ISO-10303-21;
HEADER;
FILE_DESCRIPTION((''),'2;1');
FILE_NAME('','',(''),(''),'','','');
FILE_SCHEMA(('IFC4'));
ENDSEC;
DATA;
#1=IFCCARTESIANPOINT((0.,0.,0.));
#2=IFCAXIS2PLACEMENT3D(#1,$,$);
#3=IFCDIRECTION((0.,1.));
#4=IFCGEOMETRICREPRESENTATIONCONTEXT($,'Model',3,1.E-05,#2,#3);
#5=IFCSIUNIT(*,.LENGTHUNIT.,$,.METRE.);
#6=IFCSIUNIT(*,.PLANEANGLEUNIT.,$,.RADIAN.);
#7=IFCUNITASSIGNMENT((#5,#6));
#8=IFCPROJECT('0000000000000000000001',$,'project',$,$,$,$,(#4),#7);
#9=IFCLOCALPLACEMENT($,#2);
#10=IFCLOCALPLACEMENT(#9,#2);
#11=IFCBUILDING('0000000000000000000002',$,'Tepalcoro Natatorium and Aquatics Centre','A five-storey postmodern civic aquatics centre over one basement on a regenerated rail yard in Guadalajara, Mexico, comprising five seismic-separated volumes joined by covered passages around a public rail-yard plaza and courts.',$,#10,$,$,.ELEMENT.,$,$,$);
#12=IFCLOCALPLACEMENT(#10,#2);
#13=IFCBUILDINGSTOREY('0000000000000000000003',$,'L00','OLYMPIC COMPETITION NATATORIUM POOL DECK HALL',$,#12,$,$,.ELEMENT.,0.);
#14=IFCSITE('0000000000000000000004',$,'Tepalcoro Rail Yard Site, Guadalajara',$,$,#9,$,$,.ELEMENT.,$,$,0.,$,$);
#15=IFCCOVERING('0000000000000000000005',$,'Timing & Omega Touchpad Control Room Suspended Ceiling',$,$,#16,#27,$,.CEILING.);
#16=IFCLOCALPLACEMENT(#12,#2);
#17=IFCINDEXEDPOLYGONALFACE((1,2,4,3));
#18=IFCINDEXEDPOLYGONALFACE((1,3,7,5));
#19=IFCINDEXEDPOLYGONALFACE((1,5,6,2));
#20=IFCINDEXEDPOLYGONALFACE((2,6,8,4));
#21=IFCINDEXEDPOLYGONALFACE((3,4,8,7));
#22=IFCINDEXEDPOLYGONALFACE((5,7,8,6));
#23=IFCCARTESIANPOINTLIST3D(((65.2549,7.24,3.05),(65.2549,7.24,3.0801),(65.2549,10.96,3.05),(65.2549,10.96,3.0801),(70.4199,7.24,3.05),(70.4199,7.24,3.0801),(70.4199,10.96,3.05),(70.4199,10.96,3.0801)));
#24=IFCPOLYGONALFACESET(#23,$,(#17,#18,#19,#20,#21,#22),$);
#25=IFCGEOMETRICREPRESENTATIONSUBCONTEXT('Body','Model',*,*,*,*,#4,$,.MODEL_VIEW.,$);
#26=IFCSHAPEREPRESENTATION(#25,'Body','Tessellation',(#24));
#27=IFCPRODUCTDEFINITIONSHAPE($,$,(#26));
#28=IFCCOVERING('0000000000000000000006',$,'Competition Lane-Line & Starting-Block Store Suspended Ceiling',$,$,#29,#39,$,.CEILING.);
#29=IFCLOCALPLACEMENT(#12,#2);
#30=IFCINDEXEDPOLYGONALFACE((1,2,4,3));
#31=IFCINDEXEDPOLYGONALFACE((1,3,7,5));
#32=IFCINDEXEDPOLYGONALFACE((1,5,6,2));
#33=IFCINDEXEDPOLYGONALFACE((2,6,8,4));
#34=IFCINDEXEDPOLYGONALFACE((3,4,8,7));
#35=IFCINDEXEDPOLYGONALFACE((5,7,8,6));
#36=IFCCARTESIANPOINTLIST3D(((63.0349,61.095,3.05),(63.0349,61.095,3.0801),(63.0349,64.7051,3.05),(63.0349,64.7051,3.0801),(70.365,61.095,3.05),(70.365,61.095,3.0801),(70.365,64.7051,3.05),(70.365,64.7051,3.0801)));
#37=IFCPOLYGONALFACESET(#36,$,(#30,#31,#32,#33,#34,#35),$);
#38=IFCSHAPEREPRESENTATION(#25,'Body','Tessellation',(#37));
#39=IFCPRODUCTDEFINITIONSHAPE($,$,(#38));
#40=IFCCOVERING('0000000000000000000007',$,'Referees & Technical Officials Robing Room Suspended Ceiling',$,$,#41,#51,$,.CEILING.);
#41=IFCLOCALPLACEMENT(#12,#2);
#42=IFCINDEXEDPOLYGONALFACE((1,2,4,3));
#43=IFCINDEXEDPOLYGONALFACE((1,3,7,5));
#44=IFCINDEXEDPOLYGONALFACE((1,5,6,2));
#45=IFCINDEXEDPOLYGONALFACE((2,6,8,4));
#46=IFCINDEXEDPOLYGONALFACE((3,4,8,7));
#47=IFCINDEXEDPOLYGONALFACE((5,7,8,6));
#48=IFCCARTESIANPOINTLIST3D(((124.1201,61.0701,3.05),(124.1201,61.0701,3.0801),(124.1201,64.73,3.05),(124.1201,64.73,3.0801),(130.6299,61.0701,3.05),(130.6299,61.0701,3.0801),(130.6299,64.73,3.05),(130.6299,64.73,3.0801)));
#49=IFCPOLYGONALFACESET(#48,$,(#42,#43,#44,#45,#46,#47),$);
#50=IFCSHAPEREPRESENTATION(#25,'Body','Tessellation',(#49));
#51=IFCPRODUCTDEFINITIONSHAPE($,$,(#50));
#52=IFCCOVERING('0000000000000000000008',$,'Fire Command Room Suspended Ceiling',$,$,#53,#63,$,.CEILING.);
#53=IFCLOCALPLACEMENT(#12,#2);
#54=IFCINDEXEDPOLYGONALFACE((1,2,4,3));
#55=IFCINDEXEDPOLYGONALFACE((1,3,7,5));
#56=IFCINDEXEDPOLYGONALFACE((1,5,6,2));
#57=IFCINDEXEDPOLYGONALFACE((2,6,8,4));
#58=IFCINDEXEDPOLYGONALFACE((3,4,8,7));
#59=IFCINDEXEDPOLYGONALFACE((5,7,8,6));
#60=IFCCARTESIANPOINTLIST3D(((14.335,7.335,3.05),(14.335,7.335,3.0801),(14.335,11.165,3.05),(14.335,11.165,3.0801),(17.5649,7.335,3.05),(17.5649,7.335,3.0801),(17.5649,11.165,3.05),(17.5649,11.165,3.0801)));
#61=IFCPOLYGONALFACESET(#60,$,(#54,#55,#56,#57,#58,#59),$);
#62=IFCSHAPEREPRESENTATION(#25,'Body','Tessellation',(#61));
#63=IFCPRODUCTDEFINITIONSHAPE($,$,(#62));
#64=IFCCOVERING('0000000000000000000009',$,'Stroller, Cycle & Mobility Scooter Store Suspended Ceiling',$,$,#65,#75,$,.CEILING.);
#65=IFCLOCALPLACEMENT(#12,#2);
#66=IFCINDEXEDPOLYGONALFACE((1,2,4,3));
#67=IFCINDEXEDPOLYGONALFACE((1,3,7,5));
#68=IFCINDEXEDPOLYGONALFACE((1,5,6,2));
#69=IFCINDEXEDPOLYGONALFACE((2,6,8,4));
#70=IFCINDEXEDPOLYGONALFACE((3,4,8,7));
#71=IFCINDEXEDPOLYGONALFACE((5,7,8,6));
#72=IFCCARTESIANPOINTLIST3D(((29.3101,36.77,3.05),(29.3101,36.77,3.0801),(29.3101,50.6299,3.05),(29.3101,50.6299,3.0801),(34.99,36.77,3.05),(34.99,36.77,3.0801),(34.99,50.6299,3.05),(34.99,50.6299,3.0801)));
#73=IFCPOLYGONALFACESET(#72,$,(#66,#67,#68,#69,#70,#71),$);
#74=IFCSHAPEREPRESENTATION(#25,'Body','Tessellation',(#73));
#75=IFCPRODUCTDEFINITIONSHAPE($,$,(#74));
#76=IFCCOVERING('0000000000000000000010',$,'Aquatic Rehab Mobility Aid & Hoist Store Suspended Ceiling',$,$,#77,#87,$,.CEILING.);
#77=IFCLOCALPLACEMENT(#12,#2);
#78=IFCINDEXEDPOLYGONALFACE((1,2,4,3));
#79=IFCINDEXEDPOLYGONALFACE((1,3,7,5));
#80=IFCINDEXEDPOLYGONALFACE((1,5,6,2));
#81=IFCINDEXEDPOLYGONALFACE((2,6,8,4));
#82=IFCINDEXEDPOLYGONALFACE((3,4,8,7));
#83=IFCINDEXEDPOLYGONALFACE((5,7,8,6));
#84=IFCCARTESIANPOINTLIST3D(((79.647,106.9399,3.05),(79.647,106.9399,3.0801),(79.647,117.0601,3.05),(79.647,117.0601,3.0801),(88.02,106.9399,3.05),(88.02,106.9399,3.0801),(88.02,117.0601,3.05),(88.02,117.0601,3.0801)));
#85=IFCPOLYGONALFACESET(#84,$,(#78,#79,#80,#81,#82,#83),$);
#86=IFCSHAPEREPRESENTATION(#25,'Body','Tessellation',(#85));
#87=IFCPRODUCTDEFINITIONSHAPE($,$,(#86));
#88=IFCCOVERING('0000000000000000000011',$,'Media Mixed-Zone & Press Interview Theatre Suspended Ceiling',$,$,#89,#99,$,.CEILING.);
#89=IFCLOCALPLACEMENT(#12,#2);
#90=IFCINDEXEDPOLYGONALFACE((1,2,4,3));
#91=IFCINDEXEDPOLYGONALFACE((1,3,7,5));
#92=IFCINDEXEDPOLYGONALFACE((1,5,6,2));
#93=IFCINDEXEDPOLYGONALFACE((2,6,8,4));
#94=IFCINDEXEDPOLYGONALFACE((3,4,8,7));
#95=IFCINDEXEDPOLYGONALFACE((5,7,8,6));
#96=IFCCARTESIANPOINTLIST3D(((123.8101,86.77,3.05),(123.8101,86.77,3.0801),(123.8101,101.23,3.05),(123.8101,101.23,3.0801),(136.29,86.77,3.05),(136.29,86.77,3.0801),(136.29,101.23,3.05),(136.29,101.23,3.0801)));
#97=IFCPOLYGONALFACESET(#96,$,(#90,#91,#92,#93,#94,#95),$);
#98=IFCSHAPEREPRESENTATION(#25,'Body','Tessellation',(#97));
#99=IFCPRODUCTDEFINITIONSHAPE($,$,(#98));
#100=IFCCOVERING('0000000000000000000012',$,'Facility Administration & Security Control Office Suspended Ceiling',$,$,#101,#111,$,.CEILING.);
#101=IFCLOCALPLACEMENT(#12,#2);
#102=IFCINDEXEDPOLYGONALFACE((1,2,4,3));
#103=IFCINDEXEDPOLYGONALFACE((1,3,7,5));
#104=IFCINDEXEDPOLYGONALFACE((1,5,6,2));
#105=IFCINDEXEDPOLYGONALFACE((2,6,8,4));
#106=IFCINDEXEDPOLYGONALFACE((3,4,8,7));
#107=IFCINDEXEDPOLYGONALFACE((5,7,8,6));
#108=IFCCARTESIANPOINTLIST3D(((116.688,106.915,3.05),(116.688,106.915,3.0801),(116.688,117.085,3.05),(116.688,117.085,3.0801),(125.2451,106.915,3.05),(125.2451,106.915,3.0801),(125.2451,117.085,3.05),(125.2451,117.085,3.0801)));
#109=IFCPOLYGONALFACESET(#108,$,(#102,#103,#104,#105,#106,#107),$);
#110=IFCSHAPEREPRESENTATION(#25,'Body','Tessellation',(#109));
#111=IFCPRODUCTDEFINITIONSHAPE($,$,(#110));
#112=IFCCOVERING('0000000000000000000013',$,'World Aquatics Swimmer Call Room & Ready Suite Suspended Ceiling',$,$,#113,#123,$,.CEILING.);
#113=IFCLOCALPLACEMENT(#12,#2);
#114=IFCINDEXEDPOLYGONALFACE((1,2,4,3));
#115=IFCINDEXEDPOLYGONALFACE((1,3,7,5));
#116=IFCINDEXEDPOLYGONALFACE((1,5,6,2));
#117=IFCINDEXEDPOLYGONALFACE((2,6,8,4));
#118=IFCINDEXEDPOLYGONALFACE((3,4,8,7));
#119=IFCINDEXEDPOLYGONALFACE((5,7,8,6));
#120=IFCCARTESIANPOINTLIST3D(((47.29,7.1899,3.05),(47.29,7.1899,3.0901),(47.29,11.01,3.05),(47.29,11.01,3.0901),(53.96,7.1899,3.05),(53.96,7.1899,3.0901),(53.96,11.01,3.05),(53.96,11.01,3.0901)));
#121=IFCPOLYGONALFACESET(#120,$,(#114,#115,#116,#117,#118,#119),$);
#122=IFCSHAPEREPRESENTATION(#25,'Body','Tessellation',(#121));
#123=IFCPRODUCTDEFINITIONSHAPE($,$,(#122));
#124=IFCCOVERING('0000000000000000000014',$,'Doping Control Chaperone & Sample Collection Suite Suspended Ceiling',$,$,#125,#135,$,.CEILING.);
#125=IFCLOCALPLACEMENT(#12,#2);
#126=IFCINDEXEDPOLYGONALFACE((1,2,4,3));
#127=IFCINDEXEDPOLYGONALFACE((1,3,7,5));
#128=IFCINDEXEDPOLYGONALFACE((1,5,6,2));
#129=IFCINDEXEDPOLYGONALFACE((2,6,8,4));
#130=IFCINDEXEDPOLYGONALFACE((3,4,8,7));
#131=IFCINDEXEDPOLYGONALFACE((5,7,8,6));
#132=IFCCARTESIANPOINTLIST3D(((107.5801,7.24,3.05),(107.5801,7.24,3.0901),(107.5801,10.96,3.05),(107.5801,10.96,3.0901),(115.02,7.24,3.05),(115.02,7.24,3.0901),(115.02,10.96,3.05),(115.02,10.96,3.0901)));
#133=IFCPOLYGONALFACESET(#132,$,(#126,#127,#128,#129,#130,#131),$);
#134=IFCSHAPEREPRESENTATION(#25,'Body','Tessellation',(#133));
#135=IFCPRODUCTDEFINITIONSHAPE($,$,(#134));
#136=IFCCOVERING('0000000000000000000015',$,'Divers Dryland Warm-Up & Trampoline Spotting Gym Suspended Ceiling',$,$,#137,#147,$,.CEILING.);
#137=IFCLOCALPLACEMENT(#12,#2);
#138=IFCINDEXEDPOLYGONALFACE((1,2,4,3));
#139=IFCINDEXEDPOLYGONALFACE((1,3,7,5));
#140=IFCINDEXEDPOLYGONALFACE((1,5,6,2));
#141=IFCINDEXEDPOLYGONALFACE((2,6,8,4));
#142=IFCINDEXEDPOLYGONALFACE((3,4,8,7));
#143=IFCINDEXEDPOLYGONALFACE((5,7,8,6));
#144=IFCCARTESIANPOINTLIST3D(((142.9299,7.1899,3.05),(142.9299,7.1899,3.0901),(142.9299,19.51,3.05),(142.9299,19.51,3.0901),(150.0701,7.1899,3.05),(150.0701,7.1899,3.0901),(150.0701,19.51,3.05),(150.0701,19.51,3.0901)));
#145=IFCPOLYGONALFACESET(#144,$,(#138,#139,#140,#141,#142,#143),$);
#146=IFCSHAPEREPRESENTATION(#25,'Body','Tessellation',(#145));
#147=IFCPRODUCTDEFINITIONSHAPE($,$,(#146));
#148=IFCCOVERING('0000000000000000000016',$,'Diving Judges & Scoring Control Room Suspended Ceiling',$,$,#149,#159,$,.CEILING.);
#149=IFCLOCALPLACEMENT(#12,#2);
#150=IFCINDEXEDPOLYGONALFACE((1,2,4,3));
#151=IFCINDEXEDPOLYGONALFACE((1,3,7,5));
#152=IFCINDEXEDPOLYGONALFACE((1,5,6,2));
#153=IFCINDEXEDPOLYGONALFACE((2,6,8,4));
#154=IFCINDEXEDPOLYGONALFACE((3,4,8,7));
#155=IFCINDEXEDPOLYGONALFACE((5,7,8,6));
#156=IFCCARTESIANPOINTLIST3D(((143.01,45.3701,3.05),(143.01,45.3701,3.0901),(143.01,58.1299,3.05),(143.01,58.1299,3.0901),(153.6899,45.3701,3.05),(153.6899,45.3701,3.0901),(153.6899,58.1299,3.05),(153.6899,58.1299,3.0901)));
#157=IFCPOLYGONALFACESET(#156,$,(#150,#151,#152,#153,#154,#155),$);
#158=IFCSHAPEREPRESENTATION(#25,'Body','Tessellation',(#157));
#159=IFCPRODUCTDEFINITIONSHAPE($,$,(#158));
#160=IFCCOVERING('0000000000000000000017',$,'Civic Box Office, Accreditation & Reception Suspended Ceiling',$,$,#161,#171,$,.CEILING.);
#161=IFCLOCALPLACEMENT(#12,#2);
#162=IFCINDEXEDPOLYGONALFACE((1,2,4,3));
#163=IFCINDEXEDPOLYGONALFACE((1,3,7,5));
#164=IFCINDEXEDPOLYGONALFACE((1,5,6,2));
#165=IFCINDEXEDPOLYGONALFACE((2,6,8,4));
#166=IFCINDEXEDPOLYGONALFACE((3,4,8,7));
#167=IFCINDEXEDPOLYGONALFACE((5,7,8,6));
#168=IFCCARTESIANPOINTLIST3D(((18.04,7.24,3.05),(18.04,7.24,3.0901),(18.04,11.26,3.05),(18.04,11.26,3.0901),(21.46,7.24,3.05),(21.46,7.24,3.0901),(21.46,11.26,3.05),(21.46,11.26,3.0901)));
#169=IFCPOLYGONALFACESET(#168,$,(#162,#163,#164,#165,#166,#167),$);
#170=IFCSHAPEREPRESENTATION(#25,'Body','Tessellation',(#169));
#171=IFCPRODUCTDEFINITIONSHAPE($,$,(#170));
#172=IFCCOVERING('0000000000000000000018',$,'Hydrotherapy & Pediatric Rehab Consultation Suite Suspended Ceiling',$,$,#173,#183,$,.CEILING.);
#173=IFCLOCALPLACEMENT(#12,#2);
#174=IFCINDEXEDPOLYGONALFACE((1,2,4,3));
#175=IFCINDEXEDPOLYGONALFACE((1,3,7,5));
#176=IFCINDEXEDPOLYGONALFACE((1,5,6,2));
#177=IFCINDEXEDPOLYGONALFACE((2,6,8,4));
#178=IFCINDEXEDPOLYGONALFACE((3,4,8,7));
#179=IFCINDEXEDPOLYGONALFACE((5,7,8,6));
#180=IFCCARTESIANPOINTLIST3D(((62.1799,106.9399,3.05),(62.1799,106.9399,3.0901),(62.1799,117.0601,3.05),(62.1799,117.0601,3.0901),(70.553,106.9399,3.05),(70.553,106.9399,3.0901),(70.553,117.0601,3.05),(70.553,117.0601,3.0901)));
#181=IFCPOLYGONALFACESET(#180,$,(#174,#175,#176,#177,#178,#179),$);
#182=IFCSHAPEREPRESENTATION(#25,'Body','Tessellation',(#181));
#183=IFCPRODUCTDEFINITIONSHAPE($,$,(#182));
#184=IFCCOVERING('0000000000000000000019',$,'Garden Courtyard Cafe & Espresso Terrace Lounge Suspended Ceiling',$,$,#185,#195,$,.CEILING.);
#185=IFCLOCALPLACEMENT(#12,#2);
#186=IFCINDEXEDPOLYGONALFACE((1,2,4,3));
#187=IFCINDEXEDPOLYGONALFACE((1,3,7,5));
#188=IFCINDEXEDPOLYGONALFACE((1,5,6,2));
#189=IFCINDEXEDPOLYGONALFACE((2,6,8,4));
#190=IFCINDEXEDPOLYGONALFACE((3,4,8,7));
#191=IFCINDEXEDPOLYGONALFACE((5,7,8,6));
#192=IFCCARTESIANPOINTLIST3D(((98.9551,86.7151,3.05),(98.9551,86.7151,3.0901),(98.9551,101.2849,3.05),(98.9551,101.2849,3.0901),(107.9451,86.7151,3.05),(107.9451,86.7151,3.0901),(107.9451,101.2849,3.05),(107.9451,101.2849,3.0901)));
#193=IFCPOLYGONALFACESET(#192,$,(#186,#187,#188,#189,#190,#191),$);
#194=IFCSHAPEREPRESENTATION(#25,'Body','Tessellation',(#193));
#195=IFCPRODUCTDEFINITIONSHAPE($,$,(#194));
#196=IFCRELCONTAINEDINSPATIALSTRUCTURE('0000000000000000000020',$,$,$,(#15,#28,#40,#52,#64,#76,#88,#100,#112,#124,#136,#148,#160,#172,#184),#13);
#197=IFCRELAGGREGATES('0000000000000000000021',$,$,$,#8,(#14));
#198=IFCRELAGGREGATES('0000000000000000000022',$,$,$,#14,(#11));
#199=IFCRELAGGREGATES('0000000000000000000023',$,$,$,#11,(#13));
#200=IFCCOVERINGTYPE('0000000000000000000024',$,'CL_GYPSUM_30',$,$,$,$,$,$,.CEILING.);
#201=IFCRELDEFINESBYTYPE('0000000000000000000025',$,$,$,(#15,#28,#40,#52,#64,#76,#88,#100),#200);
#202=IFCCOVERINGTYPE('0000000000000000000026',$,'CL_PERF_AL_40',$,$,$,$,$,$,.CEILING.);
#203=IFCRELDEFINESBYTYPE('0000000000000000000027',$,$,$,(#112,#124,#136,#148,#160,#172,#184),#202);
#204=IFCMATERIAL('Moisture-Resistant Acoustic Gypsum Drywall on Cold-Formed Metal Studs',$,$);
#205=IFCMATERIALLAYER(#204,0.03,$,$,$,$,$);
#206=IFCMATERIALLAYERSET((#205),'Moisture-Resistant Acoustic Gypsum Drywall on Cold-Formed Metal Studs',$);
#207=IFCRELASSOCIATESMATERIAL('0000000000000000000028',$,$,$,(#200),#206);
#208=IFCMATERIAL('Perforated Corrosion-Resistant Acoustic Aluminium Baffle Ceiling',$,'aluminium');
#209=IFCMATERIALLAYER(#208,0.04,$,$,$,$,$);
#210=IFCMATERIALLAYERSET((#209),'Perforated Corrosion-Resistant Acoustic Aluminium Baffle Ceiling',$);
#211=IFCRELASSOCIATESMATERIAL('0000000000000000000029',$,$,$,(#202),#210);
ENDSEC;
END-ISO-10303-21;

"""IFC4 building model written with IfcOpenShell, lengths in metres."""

from ifc_helpers import new_model, si_unit, direction, frame, origin, place, context, subcontext, project, spatial, polyline, outline, extrude, material, layer, layer_set, type_object, element, save


model = new_model("IFC4")

# Units and contexts
model_context = context("Model", 3, precision=1e-05, world=origin(), true_north=direction((0.0, 1.0)))
body_context = subcontext(model_context, "Body", "Model", "MODEL_VIEW")
ifc_project = project(units=[si_unit("LENGTHUNIT", "METRE"), si_unit("PLANEANGLEUNIT", "RADIAN")], contexts=[model_context])

# Site, building, storey
site_placement = place(None, origin())
site = spatial("IfcSite", under=ifc_project, at=site_placement, Name="Tepalcoro Rail Yard Site, Guadalajara", CompositionType="ELEMENT", RefElevation=0.0)
building_placement = place(site_placement, origin())
building = spatial("IfcBuilding", under=site, at=building_placement, Name="Tepalcoro Natatorium and Aquatics Centre", Description="A five-storey postmodern civic aquatics centre over one basement on a regenerated rail yard in Guadalajara, Mexico, comprising five seismic-separated volumes joined by covered passages around a public rail-yard plaza and courts.", CompositionType="ELEMENT")
storey_placement = place(building_placement, origin())
storey = spatial("IfcBuildingStorey", under=building, at=storey_placement, Name="L00", Description="OLYMPIC COMPETITION NATATORIUM POOL DECK HALL", CompositionType="ELEMENT", Elevation=0.0)

# Coverings
ifc_material_1 = material(Name="Perforated Corrosion-Resistant Acoustic Aluminium Baffle Ceiling", Category="aluminium")
ifc_material_2 = material(Name="Moisture-Resistant Acoustic Gypsum Drywall on Cold-Formed Metal Studs")
ifc_layer_1 = layer(ifc_material_2, 0.03)
ifc_layer_set_1 = layer_set([ifc_layer_1], Name="Moisture-Resistant Acoustic Gypsum Drywall on Cold-Formed Metal Studs")
covering_type_1 = type_object("IfcCoveringType", Name="CL_GYPSUM_30", PredefinedType="CEILING", material=ifc_layer_set_1)
covering_1_placement = place(storey_placement, frame((0.0, 0.0, 3.05)))
element("IfcCovering", 1, at=covering_1_placement, inside=storey, type_object=covering_type_1, Name="Timing & Omega Touchpad Control Room Suspended Ceiling", PredefinedType="CEILING", context=body_context, shape_type="SweptSolid", body=[
    extrude(outline(polyline([(65.2549, 7.24), (65.2549, 10.96), (70.4199, 10.96), (70.4199, 7.24), (65.2549, 7.24)])), origin(), (0.0, 0.0, 1.0), 0.03),
])
covering_2_placement = place(storey_placement, frame((0.0, 0.0, 3.05)))
element("IfcCovering", 2, at=covering_2_placement, inside=storey, type_object=covering_type_1, Name="Competition Lane-Line & Starting-Block Store Suspended Ceiling", PredefinedType="CEILING", context=body_context, shape_type="SweptSolid", body=[
    extrude(outline(polyline([(63.0349, 61.095), (63.0349, 64.7051), (70.365, 64.7051), (70.365, 61.095), (63.0349, 61.095)])), origin(), (0.0, 0.0, 1.0), 0.03),
])
covering_3_placement = place(storey_placement, frame((0.0, 0.0, 3.05)))
element("IfcCovering", 3, at=covering_3_placement, inside=storey, type_object=covering_type_1, Name="Referees & Technical Officials Robing Room Suspended Ceiling", PredefinedType="CEILING", context=body_context, shape_type="SweptSolid", body=[
    extrude(outline(polyline([(124.1201, 61.0701), (124.1201, 64.73), (130.6299, 64.73), (130.6299, 61.0701), (124.1201, 61.0701)])), origin(), (0.0, 0.0, 1.0), 0.03),
])
covering_4_placement = place(storey_placement, frame((0.0, 0.0, 3.05)))
element("IfcCovering", 4, at=covering_4_placement, inside=storey, type_object=covering_type_1, Name="Fire Command Room Suspended Ceiling", PredefinedType="CEILING", context=body_context, shape_type="SweptSolid", body=[
    extrude(outline(polyline([(14.335, 7.335), (14.335, 11.165), (17.5649, 11.165), (17.5649, 7.335), (14.335, 7.335)])), origin(), (0.0, 0.0, 1.0), 0.03),
])
covering_5_placement = place(storey_placement, frame((0.0, 0.0, 3.05)))
element("IfcCovering", 5, at=covering_5_placement, inside=storey, type_object=covering_type_1, Name="Stroller, Cycle & Mobility Scooter Store Suspended Ceiling", PredefinedType="CEILING", context=body_context, shape_type="SweptSolid", body=[
    extrude(outline(polyline([(29.3101, 36.77), (29.3101, 50.6299), (34.99, 50.6299), (34.99, 36.77), (29.3101, 36.77)])), origin(), (0.0, 0.0, 1.0), 0.03),
])
covering_6_placement = place(storey_placement, frame((0.0, 0.0, 3.05)))
element("IfcCovering", 6, at=covering_6_placement, inside=storey, type_object=covering_type_1, Name="Aquatic Rehab Mobility Aid & Hoist Store Suspended Ceiling", PredefinedType="CEILING", context=body_context, shape_type="SweptSolid", body=[
    extrude(outline(polyline([(79.647, 106.9399), (79.647, 117.0601), (88.02, 117.0601), (88.02, 106.9399), (79.647, 106.9399)])), origin(), (0.0, 0.0, 1.0), 0.03),
])
covering_7_placement = place(storey_placement, frame((0.0, 0.0, 3.05)))
element("IfcCovering", 7, at=covering_7_placement, inside=storey, type_object=covering_type_1, Name="Media Mixed-Zone & Press Interview Theatre Suspended Ceiling", PredefinedType="CEILING", context=body_context, shape_type="SweptSolid", body=[
    extrude(outline(polyline([(123.8101, 86.77), (123.8101, 101.23), (136.29, 101.23), (136.29, 86.77), (123.8101, 86.77)])), origin(), (0.0, 0.0, 1.0), 0.03),
])
covering_8_placement = place(storey_placement, frame((0.0, 0.0, 3.05)))
element("IfcCovering", 8, at=covering_8_placement, inside=storey, type_object=covering_type_1, Name="Facility Administration & Security Control Office Suspended Ceiling", PredefinedType="CEILING", context=body_context, shape_type="SweptSolid", body=[
    extrude(outline(polyline([(116.688, 106.915), (116.688, 117.085), (125.2451, 117.085), (125.2451, 106.915), (116.688, 106.915)])), origin(), (0.0, 0.0, 1.0), 0.03),
])
ifc_layer_2 = layer(ifc_material_1, 0.04)
ifc_layer_set_2 = layer_set([ifc_layer_2], Name="Perforated Corrosion-Resistant Acoustic Aluminium Baffle Ceiling")
covering_type_2 = type_object("IfcCoveringType", Name="CL_PERF_AL_40", PredefinedType="CEILING", material=ifc_layer_set_2)
covering_9_placement = place(storey_placement, frame((0.0, 0.0, 3.05)))
element("IfcCovering", 9, at=covering_9_placement, inside=storey, type_object=covering_type_2, Name="World Aquatics Swimmer Call Room & Ready Suite Suspended Ceiling", PredefinedType="CEILING", context=body_context, shape_type="SweptSolid", body=[
    extrude(outline(polyline([(47.29, 7.1899), (47.29, 11.01), (53.96, 11.01), (53.96, 7.1899), (47.29, 7.1899)])), origin(), (0.0, 0.0, 1.0), 0.04),
])
covering_10_placement = place(storey_placement, frame((0.0, 0.0, 3.05)))
element("IfcCovering", 10, at=covering_10_placement, inside=storey, type_object=covering_type_2, Name="Doping Control Chaperone & Sample Collection Suite Suspended Ceiling", PredefinedType="CEILING", context=body_context, shape_type="SweptSolid", body=[
    extrude(outline(polyline([(107.5801, 7.24), (107.5801, 10.96), (115.02, 10.96), (115.02, 7.24), (107.5801, 7.24)])), origin(), (0.0, 0.0, 1.0), 0.04),
])
covering_11_placement = place(storey_placement, frame((0.0, 0.0, 3.05)))
element("IfcCovering", 11, at=covering_11_placement, inside=storey, type_object=covering_type_2, Name="Divers Dryland Warm-Up & Trampoline Spotting Gym Suspended Ceiling", PredefinedType="CEILING", context=body_context, shape_type="SweptSolid", body=[
    extrude(outline(polyline([(142.9299, 7.1899), (142.9299, 19.51), (150.0701, 19.51), (150.0701, 7.1899), (142.9299, 7.1899)])), origin(), (0.0, 0.0, 1.0), 0.04),
])
covering_12_placement = place(storey_placement, frame((0.0, 0.0, 3.05)))
element("IfcCovering", 12, at=covering_12_placement, inside=storey, type_object=covering_type_2, Name="Diving Judges & Scoring Control Room Suspended Ceiling", PredefinedType="CEILING", context=body_context, shape_type="SweptSolid", body=[
    extrude(outline(polyline([(143.01, 45.3701), (143.01, 58.1299), (153.6899, 58.1299), (153.6899, 45.3701), (143.01, 45.3701)])), origin(), (0.0, 0.0, 1.0), 0.04),
])
covering_13_placement = place(storey_placement, frame((0.0, 0.0, 3.05)))
element("IfcCovering", 13, at=covering_13_placement, inside=storey, type_object=covering_type_2, Name="Civic Box Office, Accreditation & Reception Suspended Ceiling", PredefinedType="CEILING", context=body_context, shape_type="SweptSolid", body=[
    extrude(outline(polyline([(18.04, 7.24), (18.04, 11.26), (21.46, 11.26), (21.46, 7.24), (18.04, 7.24)])), origin(), (0.0, 0.0, 1.0), 0.04),
])
covering_14_placement = place(storey_placement, frame((0.0, 0.0, 3.05)))
element("IfcCovering", 14, at=covering_14_placement, inside=storey, type_object=covering_type_2, Name="Hydrotherapy & Pediatric Rehab Consultation Suite Suspended Ceiling", PredefinedType="CEILING", context=body_context, shape_type="SweptSolid", body=[
    extrude(outline(polyline([(62.1799, 106.9399), (62.1799, 117.0601), (70.553, 117.0601), (70.553, 106.9399), (62.1799, 106.9399)])), origin(), (0.0, 0.0, 1.0), 0.04),
])
covering_15_placement = place(storey_placement, frame((0.0, 0.0, 3.05)))
element("IfcCovering", 15, at=covering_15_placement, inside=storey, type_object=covering_type_2, Name="Garden Courtyard Cafe & Espresso Terrace Lounge Suspended Ceiling", PredefinedType="CEILING", context=body_context, shape_type="SweptSolid", body=[
    extrude(outline(polyline([(98.9551, 86.7151), (98.9551, 101.2849), (107.9451, 101.2849), (107.9451, 86.7151), (98.9551, 86.7151)])), origin(), (0.0, 0.0, 1.0), 0.04),
])

save(model, "model.ifc")
